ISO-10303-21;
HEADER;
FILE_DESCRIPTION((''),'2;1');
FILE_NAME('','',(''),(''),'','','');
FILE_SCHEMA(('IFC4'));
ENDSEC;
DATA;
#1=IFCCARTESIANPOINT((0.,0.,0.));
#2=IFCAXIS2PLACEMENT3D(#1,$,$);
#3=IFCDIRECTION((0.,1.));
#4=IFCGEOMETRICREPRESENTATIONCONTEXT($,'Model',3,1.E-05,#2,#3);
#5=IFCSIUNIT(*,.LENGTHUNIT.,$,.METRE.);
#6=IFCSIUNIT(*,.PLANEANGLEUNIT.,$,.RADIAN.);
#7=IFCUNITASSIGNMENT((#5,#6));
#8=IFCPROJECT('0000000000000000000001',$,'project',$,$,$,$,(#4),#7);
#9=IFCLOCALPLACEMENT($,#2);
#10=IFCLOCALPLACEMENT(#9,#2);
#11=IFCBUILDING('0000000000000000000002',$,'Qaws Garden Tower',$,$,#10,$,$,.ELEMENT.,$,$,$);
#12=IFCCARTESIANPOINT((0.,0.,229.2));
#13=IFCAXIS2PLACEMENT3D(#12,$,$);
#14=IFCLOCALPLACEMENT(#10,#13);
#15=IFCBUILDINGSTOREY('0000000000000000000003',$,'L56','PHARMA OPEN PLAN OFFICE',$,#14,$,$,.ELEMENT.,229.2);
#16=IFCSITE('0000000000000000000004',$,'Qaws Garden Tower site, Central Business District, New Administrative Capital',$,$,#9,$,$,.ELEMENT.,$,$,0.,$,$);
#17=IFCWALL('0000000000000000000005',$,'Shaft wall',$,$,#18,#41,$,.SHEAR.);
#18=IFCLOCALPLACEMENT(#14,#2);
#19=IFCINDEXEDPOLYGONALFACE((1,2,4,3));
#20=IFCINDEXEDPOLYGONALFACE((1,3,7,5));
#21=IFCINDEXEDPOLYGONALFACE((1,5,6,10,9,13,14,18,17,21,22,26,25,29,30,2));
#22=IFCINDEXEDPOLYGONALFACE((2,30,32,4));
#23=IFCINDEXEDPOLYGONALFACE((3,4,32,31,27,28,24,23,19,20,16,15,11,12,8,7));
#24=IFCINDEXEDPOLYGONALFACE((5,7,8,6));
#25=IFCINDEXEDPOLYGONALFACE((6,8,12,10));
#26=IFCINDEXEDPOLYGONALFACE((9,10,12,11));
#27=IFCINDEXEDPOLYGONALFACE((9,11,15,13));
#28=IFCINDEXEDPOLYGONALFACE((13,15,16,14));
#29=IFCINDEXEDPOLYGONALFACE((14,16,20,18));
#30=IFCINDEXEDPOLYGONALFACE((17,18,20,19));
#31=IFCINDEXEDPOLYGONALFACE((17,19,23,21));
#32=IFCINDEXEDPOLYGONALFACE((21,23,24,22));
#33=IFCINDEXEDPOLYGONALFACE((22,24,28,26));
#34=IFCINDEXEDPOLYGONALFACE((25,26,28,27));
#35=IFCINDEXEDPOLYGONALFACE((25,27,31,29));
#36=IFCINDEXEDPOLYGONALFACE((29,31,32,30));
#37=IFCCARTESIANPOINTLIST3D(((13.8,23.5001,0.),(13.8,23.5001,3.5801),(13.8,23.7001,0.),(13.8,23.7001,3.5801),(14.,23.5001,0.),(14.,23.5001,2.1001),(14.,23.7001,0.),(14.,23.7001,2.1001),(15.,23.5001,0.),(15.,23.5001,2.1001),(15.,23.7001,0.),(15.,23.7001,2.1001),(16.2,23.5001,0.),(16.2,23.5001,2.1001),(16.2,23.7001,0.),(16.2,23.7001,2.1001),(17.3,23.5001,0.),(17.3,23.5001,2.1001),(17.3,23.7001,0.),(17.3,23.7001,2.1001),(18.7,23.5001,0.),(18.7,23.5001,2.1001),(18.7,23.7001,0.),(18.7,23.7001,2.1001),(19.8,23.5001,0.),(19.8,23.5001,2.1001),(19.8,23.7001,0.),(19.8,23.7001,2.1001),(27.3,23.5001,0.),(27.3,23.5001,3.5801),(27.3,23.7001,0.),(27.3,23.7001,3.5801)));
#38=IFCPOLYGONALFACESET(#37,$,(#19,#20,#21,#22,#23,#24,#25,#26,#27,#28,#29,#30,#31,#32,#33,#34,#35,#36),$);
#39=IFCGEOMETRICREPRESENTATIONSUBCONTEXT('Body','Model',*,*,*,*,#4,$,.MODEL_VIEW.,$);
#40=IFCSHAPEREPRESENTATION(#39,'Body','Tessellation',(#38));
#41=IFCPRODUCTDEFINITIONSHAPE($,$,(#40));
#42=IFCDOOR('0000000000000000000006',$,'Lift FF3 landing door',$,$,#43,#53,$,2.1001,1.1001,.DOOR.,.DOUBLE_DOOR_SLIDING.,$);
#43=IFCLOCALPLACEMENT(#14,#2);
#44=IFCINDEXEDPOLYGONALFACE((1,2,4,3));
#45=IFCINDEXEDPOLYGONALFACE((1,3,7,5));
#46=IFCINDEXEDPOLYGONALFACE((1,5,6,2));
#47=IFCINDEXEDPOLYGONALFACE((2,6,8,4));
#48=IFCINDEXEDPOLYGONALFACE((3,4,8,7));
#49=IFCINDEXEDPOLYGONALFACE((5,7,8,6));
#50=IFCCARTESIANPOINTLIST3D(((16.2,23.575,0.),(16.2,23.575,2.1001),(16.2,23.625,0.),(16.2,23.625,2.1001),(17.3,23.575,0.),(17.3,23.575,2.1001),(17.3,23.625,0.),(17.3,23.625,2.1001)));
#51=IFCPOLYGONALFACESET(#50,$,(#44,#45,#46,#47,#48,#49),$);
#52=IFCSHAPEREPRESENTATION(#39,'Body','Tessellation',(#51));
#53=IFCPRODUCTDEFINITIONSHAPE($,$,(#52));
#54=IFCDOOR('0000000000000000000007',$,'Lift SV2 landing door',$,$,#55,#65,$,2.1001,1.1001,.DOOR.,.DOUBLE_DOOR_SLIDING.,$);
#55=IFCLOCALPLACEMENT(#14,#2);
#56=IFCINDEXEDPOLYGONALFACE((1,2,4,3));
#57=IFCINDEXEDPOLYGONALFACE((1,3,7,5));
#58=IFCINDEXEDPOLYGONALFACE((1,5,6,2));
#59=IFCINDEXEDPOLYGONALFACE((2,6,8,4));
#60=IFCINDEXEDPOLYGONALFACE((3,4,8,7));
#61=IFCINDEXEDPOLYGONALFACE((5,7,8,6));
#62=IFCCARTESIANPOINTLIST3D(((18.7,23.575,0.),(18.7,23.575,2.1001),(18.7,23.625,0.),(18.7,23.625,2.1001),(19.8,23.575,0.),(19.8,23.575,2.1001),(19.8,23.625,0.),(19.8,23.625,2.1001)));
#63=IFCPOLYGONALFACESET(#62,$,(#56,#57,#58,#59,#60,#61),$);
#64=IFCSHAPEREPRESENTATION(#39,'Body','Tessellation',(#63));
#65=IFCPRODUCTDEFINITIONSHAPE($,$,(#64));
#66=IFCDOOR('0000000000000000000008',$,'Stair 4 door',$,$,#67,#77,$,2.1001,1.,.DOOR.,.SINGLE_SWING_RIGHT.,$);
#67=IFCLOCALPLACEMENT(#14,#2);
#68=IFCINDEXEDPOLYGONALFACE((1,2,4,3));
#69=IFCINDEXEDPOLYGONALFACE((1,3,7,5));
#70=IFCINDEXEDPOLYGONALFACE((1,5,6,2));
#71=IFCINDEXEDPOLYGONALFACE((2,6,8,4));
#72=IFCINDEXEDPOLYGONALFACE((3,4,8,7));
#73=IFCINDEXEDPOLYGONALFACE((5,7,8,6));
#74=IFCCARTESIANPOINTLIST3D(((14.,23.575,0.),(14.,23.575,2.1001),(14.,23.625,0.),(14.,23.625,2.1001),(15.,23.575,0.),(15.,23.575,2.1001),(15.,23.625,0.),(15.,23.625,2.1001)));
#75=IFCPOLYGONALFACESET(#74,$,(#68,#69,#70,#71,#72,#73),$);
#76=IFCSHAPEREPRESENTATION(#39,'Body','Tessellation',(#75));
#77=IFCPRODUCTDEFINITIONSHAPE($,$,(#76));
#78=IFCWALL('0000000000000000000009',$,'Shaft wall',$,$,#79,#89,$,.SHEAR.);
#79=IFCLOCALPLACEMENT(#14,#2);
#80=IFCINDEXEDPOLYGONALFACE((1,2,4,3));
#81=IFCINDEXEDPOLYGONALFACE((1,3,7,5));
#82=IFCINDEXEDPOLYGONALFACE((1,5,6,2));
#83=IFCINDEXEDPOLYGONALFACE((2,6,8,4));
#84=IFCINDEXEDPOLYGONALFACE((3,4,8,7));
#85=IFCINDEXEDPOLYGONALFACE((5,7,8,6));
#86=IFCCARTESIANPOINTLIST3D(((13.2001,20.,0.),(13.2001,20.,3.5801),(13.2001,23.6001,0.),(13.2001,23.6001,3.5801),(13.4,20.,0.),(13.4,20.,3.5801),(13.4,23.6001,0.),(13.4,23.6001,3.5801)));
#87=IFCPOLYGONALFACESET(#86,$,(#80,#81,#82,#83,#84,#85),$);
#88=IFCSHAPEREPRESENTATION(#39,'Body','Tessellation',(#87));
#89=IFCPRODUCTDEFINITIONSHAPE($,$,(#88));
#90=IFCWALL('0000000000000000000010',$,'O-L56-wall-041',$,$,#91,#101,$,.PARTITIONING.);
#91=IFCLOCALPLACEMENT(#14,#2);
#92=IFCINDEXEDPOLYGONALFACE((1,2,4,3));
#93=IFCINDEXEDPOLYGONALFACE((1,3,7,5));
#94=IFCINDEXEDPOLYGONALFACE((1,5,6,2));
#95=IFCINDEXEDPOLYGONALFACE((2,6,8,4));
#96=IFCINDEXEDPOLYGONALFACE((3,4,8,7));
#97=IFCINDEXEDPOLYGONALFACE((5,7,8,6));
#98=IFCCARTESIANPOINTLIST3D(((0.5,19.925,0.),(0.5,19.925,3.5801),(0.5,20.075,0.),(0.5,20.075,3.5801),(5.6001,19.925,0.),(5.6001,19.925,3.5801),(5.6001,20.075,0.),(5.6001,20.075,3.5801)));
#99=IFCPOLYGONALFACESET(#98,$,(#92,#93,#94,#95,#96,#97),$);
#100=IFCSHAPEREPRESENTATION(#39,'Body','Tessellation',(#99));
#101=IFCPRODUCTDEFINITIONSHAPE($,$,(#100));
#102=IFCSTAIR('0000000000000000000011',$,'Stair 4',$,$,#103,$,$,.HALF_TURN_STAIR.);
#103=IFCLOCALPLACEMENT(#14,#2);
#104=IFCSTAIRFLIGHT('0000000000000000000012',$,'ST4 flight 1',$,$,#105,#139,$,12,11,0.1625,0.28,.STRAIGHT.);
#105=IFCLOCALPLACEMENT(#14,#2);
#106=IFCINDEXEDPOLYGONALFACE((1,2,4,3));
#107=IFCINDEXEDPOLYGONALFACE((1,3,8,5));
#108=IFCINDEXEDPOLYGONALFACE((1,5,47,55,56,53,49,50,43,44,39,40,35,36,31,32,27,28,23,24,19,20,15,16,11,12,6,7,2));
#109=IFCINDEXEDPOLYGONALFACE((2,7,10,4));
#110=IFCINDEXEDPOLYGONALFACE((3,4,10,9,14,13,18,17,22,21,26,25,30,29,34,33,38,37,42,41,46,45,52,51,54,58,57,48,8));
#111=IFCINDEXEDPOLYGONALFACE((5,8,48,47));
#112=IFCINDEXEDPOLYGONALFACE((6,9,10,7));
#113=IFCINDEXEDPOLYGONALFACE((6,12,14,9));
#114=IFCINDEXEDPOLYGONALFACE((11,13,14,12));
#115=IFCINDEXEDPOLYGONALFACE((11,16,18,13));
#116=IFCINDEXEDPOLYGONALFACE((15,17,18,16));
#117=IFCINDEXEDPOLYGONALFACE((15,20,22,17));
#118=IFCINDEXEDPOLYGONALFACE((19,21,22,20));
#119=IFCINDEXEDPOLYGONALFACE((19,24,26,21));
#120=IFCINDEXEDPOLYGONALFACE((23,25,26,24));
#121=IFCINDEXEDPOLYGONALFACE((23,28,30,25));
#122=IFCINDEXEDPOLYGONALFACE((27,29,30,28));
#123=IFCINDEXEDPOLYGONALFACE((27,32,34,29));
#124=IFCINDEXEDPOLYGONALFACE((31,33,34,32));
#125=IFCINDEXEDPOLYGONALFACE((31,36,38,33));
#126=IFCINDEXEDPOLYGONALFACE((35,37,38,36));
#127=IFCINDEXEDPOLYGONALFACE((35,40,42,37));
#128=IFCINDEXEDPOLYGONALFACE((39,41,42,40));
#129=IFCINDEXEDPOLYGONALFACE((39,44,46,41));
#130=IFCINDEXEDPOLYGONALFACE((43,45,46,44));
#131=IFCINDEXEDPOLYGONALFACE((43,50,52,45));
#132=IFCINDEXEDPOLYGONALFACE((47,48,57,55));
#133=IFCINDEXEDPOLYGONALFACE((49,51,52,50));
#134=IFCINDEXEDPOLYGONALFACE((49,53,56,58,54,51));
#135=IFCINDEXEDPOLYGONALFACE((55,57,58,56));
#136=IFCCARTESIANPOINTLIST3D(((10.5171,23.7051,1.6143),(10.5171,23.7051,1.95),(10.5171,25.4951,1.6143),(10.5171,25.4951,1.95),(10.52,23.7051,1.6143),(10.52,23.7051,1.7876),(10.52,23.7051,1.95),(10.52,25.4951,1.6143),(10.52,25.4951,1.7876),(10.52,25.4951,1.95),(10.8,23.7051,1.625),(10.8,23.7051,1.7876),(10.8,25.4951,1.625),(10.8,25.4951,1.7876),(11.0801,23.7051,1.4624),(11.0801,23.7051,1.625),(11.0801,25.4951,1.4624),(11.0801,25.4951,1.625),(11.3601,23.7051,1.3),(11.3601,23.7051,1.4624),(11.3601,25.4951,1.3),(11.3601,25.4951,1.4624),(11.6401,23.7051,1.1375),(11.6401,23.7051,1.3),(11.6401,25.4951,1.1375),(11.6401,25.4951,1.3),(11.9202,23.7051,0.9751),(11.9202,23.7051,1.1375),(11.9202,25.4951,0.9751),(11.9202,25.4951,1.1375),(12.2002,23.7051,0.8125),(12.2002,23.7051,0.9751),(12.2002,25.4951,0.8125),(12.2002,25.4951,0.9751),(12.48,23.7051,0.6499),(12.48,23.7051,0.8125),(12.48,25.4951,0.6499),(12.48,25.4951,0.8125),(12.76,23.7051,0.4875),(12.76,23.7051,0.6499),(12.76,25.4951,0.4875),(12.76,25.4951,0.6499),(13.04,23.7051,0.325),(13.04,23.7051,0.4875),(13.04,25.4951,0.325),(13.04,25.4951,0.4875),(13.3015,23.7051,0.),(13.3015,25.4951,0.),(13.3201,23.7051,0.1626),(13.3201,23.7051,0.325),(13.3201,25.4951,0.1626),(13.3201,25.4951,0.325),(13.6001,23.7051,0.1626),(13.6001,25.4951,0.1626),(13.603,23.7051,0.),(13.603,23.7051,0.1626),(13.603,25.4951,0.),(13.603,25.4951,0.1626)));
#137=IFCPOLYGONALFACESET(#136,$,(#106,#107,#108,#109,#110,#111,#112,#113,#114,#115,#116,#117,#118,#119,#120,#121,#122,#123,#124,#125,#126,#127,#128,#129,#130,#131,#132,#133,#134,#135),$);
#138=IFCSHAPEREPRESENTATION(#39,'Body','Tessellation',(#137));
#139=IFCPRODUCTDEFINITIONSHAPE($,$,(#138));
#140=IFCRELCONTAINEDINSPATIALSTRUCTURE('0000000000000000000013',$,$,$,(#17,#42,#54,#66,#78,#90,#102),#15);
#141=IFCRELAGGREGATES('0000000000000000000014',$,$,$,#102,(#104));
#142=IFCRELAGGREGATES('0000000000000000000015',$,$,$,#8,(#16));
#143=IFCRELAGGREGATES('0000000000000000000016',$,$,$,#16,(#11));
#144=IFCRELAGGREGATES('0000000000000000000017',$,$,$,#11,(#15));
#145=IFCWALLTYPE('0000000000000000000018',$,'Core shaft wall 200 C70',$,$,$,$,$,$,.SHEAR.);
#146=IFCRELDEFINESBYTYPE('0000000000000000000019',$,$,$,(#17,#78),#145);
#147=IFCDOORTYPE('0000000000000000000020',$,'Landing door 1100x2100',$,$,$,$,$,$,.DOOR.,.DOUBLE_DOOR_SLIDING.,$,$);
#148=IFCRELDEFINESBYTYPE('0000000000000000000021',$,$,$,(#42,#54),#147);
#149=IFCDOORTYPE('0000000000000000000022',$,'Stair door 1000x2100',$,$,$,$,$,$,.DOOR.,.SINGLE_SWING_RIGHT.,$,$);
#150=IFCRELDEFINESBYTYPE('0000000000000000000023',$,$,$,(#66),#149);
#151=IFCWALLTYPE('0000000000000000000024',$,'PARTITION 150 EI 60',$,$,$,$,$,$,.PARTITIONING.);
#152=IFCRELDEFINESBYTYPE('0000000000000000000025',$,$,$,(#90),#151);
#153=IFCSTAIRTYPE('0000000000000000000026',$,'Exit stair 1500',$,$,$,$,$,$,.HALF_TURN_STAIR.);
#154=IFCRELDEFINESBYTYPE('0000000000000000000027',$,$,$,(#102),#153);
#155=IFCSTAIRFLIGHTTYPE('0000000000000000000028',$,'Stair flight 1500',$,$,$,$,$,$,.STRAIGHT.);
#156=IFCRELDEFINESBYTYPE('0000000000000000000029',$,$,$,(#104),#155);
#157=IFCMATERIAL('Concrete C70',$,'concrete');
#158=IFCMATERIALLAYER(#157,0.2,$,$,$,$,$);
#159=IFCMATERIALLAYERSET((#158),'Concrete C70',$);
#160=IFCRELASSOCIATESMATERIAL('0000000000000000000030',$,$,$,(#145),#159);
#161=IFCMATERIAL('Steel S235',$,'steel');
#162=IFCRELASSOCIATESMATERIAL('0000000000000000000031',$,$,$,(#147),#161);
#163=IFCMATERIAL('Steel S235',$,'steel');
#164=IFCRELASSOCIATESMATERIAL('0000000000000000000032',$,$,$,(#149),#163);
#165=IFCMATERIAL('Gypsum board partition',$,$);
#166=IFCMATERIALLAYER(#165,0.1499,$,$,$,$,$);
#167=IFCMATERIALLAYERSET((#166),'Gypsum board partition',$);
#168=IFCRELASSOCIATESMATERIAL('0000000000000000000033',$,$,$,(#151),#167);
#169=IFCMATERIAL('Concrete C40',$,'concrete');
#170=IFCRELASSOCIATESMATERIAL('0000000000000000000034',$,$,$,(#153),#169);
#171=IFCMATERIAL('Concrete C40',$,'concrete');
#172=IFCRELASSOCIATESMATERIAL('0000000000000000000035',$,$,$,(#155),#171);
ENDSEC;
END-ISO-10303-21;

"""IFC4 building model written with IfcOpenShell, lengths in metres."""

from ifc_helpers import new_model, si_unit, direction, frame, frame_2d, origin, place, context, subcontext, project, spatial, polyline, rectangle, outline, extrude, material, layer, layer_set, type_object, element, fill, aggregate, save


model = new_model("IFC4")

# Units and contexts
model_context = context("Model", 3, precision=1e-05, world=origin(), true_north=direction((0.0, 1.0)))
body_context = subcontext(model_context, "Body", "Model", "MODEL_VIEW")
ifc_project = project(units=[si_unit("LENGTHUNIT", "METRE"), si_unit("PLANEANGLEUNIT", "RADIAN")], contexts=[model_context])

# Site, building, storey
site_placement = place(None, origin())
site = spatial("IfcSite", under=ifc_project, at=site_placement, Name="Qaws Garden Tower site, Central Business District, New Administrative Capital", CompositionType="ELEMENT", RefElevation=0.0)
building_placement = place(site_placement, origin())
building = spatial("IfcBuilding", under=site, at=building_placement, Name="Qaws Garden Tower", CompositionType="ELEMENT")
storey_placement = place(building_placement, frame((0.0, 0.0, 229.2)))
storey = spatial("IfcBuildingStorey", under=building, at=storey_placement, Name="L56", Description="PHARMA OPEN PLAN OFFICE", CompositionType="ELEMENT", Elevation=229.2)

# Shared definitions
ifc_material_1 = material(Name="Concrete C70", Category="concrete")
ifc_layer_1 = layer(ifc_material_1, 0.2)
ifc_layer_set_1 = layer_set([ifc_layer_1], Name="Concrete C70")
wall_type_1 = type_object("IfcWallType", Name="Core shaft wall 200 C70", PredefinedType="SHEAR", material=ifc_layer_set_1)

# Wall, openings, doors
wall_1_placement = place(storey_placement, frame((13.8, 23.6001, 0.0), z_axis=(0.0, 0.0, 1.0), x_axis=(1.0, 0.0, 0.0)))
wall_1 = element("IfcWall", 1, at=wall_1_placement, inside=storey, type_object=wall_type_1, Name="Shaft wall", PredefinedType="SHEAR", context=body_context, shape_type="SweptSolid", body=[
    extrude(rectangle(XDim=13.5, YDim=0.2, at=frame_2d((6.75, 0.0))), origin(), (0.0, 0.0, 1.0), 3.5801),
])
opening_1_placement = place(wall_1_placement, frame((2.3999, 0.0, 0.0)))
opening_1 = element("IfcOpeningElement", 2, at=opening_1_placement, cuts=wall_1, PredefinedType="OPENING", context=body_context, shape_type="SweptSolid", body=[
    extrude(rectangle(XDim=1.1001, YDim=2.1001, at=frame_2d((0.55, 1.05))), frame((0.0, 0.1099, 0.0), z_axis=(0.0, -1.0, 0.0), x_axis=(1.0, 0.0, 0.0)), (0.0, 0.0, 1.0), 0.22),
])
opening_2_placement = place(wall_1_placement, frame((4.8999, 0.0, 0.0)))
opening_2 = element("IfcOpeningElement", 3, at=opening_2_placement, cuts=wall_1, PredefinedType="OPENING", context=body_context, shape_type="SweptSolid", body=[
    extrude(rectangle(XDim=1.1001, YDim=2.1001, at=frame_2d((0.55, 1.05))), frame((0.0, 0.1099, 0.0), z_axis=(0.0, -1.0, 0.0), x_axis=(1.0, 0.0, 0.0)), (0.0, 0.0, 1.0), 0.22),
])
opening_3_placement = place(wall_1_placement, frame((0.2, 0.0, 0.0)))
opening_3 = element("IfcOpeningElement", 4, at=opening_3_placement, cuts=wall_1, PredefinedType="OPENING", context=body_context, shape_type="SweptSolid", body=[
    extrude(rectangle(XDim=1.0, YDim=2.1001, at=frame_2d((0.5, 1.05))), frame((0.0, 0.1099, 0.0), z_axis=(0.0, -1.0, 0.0), x_axis=(1.0, 0.0, 0.0)), (0.0, 0.0, 1.0), 0.22),
])
ifc_material_2 = material(Name="Steel S235", Category="steel")
door_type_1 = type_object("IfcDoorType", Name="Landing door 1100x2100", OperationType="DOUBLE_DOOR_SLIDING", PredefinedType="DOOR", material=ifc_material_2)
door_1_placement = place(opening_1_placement, origin())
door_1 = element("IfcDoor", 5, at=door_1_placement, inside=storey, type_object=door_type_1, Name="Lift FF3 landing door", OperationType="DOUBLE_DOOR_SLIDING", OverallHeight=2.1001, OverallWidth=1.1001, PredefinedType="DOOR", context=body_context, shape_type="SweptSolid", body=[
    extrude(rectangle(XDim=1.1001, YDim=2.1001, at=frame_2d((0.55, 1.05))), frame((0.0, 0.0249, 0.0), z_axis=(0.0, -1.0, 0.0), x_axis=(1.0, 0.0, 0.0)), (0.0, 0.0, 1.0), 0.05),
])
fill(opening_1, door_1)
door_2_placement = place(opening_2_placement, origin())
door_2 = element("IfcDoor", 6, at=door_2_placement, inside=storey, type_object=door_type_1, Name="Lift SV2 landing door", OperationType="DOUBLE_DOOR_SLIDING", OverallHeight=2.1001, OverallWidth=1.1001, PredefinedType="DOOR", context=body_context, shape_type="SweptSolid", body=[
    extrude(rectangle(XDim=1.1001, YDim=2.1001, at=frame_2d((0.55, 1.05))), frame((0.0, 0.0249, 0.0), z_axis=(0.0, -1.0, 0.0), x_axis=(1.0, 0.0, 0.0)), (0.0, 0.0, 1.0), 0.05),
])
fill(opening_2, door_2)
ifc_material_3 = material(Name="Steel S235", Category="steel")
door_type_2 = type_object("IfcDoorType", Name="Stair door 1000x2100", OperationType="SINGLE_SWING_RIGHT", PredefinedType="DOOR", material=ifc_material_3)
door_3_placement = place(opening_3_placement, origin())
door_3 = element("IfcDoor", 7, at=door_3_placement, inside=storey, type_object=door_type_2, Name="Stair 4 door", OperationType="SINGLE_SWING_RIGHT", OverallHeight=2.1001, OverallWidth=1.0, PredefinedType="DOOR", context=body_context, shape_type="SweptSolid", body=[
    extrude(rectangle(XDim=1.0, YDim=2.1001, at=frame_2d((0.5, 1.05))), frame((0.0, 0.0249, 0.0), z_axis=(0.0, -1.0, 0.0), x_axis=(1.0, 0.0, 0.0)), (0.0, 0.0, 1.0), 0.05),
])
fill(opening_3, door_3)

# Walls
wall_2_placement = place(storey_placement, frame((13.3, 20.0, 0.0), z_axis=(0.0, 0.0, 1.0), x_axis=(0.0, 1.0, 0.0)))
element("IfcWall", 8, at=wall_2_placement, inside=storey, type_object=wall_type_1, Name="Shaft wall", PredefinedType="SHEAR", context=body_context, shape_type="SweptSolid", body=[
    extrude(rectangle(XDim=3.6001, YDim=0.2, at=frame_2d((1.8, 0.0))), origin(), (0.0, 0.0, 1.0), 3.5801),
])
ifc_material_4 = material(Name="Gypsum board partition")
ifc_layer_2 = layer(ifc_material_4, 0.1499)
ifc_layer_set_2 = layer_set([ifc_layer_2], Name="Gypsum board partition")
wall_type_2 = type_object("IfcWallType", Name="PARTITION 150 EI 60", PredefinedType="PARTITIONING", material=ifc_layer_set_2)
wall_3_placement = place(storey_placement, frame((0.5, 20.0, 0.0), z_axis=(0.0, 0.0, 1.0), x_axis=(1.0, 0.0, 0.0)))
element("IfcWall", 9, at=wall_3_placement, inside=storey, type_object=wall_type_2, Name="O-L56-wall-041", PredefinedType="PARTITIONING", context=body_context, shape_type="SweptSolid", body=[
    extrude(rectangle(XDim=5.1001, YDim=0.1499, at=frame_2d((2.55, 0.0))), origin(), (0.0, 0.0, 1.0), 3.5801),
])

# Stair, stair flight
ifc_material_5 = material(Name="Concrete C40", Category="concrete")
stair_type = type_object("IfcStairType", Name="Exit stair 1500", PredefinedType="HALF_TURN_STAIR", material=ifc_material_5)
stair_placement = place(storey_placement, origin())
stair = element("IfcStair", 10, at=stair_placement, inside=storey, type_object=stair_type, Name="Stair 4", PredefinedType="HALF_TURN_STAIR")
ifc_material_6 = material(Name="Concrete C40", Category="concrete")
stair_flight_type = type_object("IfcStairFlightType", Name="Stair flight 1500", PredefinedType="STRAIGHT", material=ifc_material_6)
stair_flight_placement = place(storey_placement, frame((13.6001, 24.6001, 0.0), z_axis=(0.0, 0.0, 1.0), x_axis=(-1.0, 0.0, 0.0)))
stair_flight = element("IfcStairFlight", 11, at=stair_flight_placement, type_object=stair_flight_type, Name="ST4 flight 1", NumberOfRisers=12, NumberOfTreads=11, PredefinedType="STRAIGHT", RiserHeight=0.1625, TreadLength=0.28, context=body_context, shape_type="SweptSolid", body=[
    extrude(outline(polyline([(-0.0029, 0.0), (-0.0029, 0.1626), (0.0, 0.1626), (0.28, 0.1626), (0.28, 0.325), (0.5601, 0.325), (0.5601, 0.4875), (0.8401, 0.4875), (0.8401, 0.6499), (1.1201, 0.6499), (1.1201, 0.8125), (1.3999, 0.8125), (1.3999, 0.9751), (1.6799, 0.9751), (1.6799, 1.1375), (1.96, 1.1375), (1.96, 1.3), (2.24, 1.3), (2.24, 1.4624), (2.52, 1.4624), (2.52, 1.625), (2.8, 1.625), (2.8, 1.7876), (3.0801, 1.7876), (3.0801, 1.95), (3.083, 1.95), (3.083, 1.6143), (3.0801, 1.6143), (0.2986, 0.0), (-0.0029, 0.0)])), frame((0.0, 0.895, 0.0), z_axis=(0.0, -1.0, 0.0), x_axis=(1.0, 0.0, 0.0)), (0.0, 0.0, 1.0), 1.79),
])
aggregate(stair, [stair_flight])

save(model, "model.ifc")
